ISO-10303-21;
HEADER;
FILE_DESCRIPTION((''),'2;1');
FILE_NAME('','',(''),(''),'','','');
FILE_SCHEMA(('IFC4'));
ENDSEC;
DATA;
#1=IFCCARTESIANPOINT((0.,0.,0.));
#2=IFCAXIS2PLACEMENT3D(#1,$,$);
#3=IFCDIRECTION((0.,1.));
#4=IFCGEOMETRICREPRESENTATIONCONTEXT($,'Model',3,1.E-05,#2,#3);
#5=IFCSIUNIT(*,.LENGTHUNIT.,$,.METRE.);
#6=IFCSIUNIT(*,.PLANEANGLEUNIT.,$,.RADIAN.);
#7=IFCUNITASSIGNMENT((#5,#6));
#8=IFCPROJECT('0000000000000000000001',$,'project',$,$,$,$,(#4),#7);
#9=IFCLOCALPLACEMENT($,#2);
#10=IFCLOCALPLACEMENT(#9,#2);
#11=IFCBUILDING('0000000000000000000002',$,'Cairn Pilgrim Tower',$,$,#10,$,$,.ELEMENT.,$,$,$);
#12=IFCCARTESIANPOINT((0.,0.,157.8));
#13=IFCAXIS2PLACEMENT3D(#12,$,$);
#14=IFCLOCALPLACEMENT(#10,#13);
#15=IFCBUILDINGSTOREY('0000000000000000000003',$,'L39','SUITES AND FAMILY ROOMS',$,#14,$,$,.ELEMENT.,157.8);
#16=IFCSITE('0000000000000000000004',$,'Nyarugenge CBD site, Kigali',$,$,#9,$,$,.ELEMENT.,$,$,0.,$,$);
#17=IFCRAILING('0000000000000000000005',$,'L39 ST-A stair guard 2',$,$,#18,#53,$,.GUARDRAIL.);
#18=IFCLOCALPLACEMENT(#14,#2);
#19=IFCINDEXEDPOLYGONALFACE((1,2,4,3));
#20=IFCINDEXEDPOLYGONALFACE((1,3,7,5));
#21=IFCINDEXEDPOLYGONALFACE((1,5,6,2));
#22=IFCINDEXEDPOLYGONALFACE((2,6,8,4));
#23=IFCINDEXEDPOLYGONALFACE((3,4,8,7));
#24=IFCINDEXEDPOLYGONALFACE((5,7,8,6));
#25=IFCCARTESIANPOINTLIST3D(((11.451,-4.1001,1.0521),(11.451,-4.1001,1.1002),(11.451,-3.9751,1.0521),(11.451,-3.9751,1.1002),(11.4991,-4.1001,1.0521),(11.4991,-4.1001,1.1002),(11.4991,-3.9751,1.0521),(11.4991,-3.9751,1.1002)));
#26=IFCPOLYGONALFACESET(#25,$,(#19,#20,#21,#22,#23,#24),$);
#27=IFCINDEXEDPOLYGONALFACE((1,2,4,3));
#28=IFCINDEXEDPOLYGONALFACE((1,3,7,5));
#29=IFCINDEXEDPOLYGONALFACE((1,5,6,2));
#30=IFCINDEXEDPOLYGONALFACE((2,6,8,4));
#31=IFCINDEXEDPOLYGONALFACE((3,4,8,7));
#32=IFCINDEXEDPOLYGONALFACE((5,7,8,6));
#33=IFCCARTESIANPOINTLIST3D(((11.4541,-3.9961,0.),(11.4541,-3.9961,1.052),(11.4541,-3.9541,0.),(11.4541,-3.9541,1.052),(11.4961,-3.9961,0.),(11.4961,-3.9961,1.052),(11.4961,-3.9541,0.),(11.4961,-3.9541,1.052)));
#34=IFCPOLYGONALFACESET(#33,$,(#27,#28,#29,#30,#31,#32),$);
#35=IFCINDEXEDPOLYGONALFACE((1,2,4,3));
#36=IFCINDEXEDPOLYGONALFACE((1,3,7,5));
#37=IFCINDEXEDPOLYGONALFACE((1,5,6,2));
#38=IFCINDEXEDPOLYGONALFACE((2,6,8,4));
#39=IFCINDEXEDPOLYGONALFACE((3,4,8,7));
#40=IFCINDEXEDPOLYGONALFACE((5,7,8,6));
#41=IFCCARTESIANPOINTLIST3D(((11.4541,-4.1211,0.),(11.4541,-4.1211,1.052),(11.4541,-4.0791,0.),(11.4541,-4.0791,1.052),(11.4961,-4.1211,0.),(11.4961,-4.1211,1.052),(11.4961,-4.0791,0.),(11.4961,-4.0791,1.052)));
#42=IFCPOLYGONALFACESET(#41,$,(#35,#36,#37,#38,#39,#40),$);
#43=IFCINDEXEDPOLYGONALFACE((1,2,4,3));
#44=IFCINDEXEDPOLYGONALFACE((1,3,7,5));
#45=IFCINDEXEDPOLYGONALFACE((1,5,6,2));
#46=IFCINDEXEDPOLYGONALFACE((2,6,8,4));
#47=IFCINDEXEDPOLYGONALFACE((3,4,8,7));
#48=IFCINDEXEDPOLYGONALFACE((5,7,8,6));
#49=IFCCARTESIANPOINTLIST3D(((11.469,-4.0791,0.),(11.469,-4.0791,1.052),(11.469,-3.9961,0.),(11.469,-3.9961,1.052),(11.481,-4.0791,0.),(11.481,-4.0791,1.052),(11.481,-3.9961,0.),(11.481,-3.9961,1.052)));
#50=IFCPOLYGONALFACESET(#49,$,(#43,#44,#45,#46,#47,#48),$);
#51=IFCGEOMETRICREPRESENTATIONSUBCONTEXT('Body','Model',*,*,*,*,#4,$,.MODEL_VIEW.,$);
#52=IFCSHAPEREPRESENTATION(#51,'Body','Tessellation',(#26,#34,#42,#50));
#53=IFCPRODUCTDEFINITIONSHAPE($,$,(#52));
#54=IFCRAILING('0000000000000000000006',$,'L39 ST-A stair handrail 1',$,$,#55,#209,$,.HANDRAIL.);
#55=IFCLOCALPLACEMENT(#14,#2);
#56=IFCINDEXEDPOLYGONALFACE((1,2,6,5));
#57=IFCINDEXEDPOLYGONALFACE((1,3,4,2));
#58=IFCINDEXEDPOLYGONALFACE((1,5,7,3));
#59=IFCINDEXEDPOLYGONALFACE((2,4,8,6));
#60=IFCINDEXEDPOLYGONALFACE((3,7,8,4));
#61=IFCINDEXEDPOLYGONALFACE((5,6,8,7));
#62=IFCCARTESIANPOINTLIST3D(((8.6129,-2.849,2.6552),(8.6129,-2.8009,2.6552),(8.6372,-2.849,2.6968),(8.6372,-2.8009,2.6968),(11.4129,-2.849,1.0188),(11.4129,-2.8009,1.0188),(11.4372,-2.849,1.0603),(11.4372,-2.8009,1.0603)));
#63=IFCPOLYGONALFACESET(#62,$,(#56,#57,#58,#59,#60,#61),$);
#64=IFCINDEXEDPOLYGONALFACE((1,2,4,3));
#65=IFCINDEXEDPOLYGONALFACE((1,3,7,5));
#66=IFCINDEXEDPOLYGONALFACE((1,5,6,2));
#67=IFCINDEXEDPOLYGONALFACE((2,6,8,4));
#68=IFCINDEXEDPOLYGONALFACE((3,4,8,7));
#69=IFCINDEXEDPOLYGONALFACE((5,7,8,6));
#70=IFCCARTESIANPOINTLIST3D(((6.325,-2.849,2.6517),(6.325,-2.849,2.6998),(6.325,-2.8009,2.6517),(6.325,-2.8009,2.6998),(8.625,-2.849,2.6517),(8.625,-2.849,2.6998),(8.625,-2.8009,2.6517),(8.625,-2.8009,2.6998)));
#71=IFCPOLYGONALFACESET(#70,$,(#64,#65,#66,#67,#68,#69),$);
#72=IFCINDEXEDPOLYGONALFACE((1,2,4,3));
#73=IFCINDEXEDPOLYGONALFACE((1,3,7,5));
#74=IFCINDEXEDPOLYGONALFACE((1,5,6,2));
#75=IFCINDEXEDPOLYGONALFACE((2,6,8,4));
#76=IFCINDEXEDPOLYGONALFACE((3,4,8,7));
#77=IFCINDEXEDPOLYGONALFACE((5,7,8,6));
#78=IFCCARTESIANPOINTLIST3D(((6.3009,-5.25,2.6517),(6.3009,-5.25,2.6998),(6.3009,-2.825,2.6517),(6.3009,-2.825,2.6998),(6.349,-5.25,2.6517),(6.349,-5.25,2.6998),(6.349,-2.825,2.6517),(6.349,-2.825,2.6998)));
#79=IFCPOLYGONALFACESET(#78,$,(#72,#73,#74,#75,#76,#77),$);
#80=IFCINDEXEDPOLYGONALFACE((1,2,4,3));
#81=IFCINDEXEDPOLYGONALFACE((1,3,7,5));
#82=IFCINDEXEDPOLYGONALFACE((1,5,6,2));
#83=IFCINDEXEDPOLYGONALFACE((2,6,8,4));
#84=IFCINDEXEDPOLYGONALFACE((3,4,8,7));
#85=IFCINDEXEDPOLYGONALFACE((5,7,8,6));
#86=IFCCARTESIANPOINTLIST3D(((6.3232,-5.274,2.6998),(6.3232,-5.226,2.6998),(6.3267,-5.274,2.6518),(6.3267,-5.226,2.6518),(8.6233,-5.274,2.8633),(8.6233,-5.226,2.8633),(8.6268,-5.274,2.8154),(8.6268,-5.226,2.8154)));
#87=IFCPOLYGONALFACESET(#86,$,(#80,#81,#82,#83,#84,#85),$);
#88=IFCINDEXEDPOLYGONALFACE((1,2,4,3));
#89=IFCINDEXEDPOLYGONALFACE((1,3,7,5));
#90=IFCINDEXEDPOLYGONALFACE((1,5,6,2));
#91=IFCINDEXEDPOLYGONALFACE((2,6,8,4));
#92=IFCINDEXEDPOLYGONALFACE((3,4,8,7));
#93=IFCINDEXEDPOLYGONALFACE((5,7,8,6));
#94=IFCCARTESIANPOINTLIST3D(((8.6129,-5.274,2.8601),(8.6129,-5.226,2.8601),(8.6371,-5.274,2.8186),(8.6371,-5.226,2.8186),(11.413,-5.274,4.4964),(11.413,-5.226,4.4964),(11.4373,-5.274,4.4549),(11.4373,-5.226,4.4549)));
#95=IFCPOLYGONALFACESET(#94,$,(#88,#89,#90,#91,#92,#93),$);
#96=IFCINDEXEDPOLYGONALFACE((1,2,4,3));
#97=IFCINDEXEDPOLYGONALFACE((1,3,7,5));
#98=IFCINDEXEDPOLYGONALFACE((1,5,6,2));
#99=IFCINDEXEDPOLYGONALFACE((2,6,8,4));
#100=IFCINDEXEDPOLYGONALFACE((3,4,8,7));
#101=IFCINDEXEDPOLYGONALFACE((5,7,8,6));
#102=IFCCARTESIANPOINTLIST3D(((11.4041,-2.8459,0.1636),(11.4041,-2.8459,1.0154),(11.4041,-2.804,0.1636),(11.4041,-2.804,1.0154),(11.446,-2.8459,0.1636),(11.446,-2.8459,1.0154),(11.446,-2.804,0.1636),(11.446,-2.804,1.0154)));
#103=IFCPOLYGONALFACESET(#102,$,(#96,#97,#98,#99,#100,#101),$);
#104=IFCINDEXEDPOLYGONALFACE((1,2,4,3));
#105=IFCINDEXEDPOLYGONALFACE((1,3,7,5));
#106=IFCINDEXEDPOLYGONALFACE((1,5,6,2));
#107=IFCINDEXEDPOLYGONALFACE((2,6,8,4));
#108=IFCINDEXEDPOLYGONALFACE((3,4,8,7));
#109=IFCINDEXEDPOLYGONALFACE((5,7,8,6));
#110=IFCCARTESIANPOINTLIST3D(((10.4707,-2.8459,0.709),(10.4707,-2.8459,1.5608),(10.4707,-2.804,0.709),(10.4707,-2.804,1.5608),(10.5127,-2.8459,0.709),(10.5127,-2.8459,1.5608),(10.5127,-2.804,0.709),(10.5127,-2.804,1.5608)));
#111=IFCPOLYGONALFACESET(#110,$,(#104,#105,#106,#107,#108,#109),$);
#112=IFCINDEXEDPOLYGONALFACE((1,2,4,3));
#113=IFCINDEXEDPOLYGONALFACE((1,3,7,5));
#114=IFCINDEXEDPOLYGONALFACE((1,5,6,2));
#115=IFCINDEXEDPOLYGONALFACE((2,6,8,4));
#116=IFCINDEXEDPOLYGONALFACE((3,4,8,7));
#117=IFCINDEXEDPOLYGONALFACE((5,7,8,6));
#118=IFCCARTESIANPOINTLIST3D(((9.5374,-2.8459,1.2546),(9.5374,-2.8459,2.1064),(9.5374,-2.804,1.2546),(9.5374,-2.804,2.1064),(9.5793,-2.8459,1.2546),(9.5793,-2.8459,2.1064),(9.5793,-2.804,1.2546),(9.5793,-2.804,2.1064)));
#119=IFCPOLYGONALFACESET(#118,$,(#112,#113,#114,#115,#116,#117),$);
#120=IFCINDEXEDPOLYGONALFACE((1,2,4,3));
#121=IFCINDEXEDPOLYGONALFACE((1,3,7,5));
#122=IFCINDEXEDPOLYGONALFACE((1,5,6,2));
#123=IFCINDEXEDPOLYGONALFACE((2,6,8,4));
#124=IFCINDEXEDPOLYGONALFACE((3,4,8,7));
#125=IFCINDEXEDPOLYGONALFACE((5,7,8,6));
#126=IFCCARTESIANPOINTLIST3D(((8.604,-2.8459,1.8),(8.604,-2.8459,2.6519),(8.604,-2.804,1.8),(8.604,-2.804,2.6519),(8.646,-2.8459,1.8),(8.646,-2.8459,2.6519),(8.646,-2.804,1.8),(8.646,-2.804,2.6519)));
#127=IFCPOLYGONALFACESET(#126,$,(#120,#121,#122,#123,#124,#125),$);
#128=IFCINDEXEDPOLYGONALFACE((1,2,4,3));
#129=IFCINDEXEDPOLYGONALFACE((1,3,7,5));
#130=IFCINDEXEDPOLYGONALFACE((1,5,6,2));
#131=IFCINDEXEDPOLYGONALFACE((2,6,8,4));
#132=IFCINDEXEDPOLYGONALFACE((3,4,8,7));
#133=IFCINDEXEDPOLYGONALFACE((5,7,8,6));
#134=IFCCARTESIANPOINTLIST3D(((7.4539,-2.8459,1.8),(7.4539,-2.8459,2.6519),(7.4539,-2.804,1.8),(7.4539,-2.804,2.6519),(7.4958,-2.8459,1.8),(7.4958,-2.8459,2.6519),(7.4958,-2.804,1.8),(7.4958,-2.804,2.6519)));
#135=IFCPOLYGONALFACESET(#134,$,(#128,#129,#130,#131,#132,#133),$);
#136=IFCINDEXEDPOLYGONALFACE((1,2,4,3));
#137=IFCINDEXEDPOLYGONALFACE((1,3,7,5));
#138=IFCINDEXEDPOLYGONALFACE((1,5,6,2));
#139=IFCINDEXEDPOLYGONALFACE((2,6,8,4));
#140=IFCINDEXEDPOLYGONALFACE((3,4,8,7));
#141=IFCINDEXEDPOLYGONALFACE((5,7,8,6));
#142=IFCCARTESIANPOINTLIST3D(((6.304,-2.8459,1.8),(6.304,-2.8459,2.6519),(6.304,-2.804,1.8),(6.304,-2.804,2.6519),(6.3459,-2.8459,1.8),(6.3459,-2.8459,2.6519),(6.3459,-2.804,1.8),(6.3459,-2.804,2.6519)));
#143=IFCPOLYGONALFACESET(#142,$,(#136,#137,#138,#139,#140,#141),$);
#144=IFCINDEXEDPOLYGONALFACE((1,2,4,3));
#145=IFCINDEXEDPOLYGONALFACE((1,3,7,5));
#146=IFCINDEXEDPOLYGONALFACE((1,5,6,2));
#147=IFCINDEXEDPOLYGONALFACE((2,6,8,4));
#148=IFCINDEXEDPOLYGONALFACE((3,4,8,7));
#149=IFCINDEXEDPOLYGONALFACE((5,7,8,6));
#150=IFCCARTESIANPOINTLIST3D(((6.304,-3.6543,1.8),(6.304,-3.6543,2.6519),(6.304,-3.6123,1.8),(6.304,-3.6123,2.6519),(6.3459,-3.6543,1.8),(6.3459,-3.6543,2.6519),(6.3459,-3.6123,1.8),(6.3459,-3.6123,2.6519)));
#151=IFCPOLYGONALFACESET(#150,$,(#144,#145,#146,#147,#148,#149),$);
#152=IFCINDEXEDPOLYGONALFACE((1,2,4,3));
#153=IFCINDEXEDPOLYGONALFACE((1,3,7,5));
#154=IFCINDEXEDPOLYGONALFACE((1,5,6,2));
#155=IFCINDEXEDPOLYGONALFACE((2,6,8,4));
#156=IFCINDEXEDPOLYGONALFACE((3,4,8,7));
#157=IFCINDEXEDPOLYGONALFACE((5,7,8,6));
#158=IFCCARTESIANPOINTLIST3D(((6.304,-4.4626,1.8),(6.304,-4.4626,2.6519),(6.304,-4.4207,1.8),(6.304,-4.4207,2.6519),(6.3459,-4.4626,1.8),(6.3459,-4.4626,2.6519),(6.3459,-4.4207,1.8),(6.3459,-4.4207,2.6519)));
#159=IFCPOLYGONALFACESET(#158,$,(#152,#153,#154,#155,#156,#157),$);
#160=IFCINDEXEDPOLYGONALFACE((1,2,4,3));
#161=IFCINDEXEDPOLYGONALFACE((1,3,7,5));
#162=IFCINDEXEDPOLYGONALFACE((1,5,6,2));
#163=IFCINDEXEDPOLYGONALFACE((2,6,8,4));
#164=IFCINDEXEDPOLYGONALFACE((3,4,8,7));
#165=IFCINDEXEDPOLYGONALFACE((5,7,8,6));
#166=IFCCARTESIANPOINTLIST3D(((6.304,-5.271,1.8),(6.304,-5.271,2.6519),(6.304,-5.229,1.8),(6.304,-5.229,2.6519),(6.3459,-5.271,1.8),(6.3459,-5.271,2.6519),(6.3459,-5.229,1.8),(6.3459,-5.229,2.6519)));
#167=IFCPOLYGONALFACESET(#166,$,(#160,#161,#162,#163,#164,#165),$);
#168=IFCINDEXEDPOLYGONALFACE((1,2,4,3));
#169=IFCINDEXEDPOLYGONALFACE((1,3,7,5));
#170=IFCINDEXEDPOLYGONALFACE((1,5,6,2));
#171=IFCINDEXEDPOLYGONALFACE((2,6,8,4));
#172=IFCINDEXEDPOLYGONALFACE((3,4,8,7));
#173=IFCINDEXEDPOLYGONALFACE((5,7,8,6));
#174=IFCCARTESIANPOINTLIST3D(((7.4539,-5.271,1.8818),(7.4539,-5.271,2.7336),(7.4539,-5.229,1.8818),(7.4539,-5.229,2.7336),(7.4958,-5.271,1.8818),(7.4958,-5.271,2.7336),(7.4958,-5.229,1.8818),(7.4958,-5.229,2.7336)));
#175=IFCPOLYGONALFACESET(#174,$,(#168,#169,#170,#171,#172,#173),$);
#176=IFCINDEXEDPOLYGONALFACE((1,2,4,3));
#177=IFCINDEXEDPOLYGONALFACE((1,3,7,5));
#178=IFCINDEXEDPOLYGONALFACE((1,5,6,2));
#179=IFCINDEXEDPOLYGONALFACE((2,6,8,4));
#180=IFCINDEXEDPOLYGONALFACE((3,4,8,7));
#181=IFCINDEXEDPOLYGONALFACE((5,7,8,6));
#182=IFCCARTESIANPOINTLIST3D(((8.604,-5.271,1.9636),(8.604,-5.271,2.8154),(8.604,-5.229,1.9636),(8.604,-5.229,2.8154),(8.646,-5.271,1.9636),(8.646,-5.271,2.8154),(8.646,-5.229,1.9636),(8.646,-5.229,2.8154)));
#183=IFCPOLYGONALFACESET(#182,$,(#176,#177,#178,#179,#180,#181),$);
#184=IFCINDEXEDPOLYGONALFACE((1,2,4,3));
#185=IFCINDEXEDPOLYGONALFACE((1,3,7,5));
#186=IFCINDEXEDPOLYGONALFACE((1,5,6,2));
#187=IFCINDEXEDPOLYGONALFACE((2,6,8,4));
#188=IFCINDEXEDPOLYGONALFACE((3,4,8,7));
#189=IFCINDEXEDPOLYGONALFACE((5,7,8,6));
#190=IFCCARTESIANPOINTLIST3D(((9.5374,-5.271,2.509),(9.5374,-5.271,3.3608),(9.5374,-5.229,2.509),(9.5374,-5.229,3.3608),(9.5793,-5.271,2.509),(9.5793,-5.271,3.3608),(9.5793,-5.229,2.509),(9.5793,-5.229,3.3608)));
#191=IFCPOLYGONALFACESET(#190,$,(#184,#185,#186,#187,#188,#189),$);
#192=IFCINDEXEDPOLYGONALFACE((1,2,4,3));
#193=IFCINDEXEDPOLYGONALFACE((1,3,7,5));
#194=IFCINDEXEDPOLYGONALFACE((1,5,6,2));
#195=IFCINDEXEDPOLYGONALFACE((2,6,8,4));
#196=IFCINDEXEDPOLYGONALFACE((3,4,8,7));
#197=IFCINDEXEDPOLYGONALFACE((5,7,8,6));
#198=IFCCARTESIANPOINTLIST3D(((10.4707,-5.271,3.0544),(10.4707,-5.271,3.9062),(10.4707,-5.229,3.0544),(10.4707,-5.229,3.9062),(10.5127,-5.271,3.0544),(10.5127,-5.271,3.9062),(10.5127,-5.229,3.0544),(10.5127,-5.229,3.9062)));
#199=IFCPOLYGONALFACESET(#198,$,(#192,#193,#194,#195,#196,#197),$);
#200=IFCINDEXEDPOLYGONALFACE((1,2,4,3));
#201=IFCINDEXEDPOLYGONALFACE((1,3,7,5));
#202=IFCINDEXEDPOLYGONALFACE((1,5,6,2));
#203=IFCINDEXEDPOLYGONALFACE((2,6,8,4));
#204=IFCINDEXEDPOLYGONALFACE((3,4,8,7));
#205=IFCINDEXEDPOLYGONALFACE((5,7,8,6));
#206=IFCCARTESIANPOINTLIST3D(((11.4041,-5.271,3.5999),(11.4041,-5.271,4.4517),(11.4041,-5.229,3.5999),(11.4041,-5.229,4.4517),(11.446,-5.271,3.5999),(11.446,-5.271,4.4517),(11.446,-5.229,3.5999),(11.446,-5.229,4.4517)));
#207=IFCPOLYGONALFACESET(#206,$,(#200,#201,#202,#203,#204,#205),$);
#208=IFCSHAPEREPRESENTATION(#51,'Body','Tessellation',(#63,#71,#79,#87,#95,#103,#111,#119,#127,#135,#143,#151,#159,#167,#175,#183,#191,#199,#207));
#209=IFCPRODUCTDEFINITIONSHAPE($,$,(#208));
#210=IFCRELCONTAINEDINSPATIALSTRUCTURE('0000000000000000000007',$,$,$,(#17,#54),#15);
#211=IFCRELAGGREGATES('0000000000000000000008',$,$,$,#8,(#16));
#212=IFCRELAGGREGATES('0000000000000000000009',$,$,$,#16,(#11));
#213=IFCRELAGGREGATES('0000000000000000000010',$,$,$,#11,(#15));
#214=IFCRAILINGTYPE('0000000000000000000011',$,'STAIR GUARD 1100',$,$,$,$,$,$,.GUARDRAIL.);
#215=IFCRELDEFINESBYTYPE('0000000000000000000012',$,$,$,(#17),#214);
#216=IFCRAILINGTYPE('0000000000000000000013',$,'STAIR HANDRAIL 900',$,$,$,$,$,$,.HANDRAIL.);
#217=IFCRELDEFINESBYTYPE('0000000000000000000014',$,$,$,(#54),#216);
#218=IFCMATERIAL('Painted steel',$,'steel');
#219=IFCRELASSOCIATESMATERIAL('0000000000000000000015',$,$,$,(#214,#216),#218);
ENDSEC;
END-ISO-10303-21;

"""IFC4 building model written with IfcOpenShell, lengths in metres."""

from ifc_helpers import new_model, si_unit, direction, frame, origin, origin_2d, place, context, subcontext, project, spatial, polyline, rectangle, outline, extrude, material, type_object, element, save


model = new_model("IFC4")

# Units and contexts
model_context = context("Model", 3, precision=1e-05, world=origin(), true_north=direction((0.0, 1.0)))
body_context = subcontext(model_context, "Body", "Model", "MODEL_VIEW")
ifc_project = project(units=[si_unit("LENGTHUNIT", "METRE"), si_unit("PLANEANGLEUNIT", "RADIAN")], contexts=[model_context])

# Site, building, storey
site_placement = place(None, origin())
site = spatial("IfcSite", under=ifc_project, at=site_placement, Name="Nyarugenge CBD site, Kigali", CompositionType="ELEMENT", RefElevation=0.0)
building_placement = place(site_placement, origin())
building = spatial("IfcBuilding", under=site, at=building_placement, Name="Cairn Pilgrim Tower", CompositionType="ELEMENT")
storey_placement = place(building_placement, frame((0.0, 0.0, 157.8)))
storey = spatial("IfcBuildingStorey", under=building, at=storey_placement, Name="L39", Description="SUITES AND FAMILY ROOMS", CompositionType="ELEMENT", Elevation=157.8)

# Railings
ifc_material_1 = material(Name="Painted steel", Category="steel")
railing_type_1 = type_object("IfcRailingType", Name="STAIR GUARD 1100", PredefinedType="GUARDRAIL", material=ifc_material_1)
railing_1_placement = place(storey_placement, frame((11.4751, -3.9751, 0.0)))
element("IfcRailing", 1, at=railing_1_placement, inside=storey, type_object=railing_type_1, Name="L39 ST-A stair guard 2", PredefinedType="GUARDRAIL", context=body_context, shape_type="SweptSolid", body=[
    extrude(rectangle(XDim=0.0481, YDim=0.0481, at=origin_2d()), frame((0.0, 0.0, 1.0762), z_axis=(0.0, -1.0, 0.0), x_axis=(1.0, 0.0, 0.0)), (0.0, 0.0, 1.0), 0.125),
    extrude(rectangle(XDim=0.042, YDim=0.042, at=origin_2d()), origin(), (0.0, 0.0, 1.0), 1.052),
    extrude(rectangle(XDim=0.042, YDim=0.042, at=origin_2d()), frame((0.0, -0.125, 0.0)), (0.0, 0.0, 1.0), 1.052),
    extrude(outline(polyline([(0.021, 0.0), (0.104, 0.0), (0.104, 1.052), (0.021, 1.052), (0.021, 0.0)])), frame((0.0059, 0.0, 0.0), z_axis=(-1.0, 0.0, 0.0), x_axis=(0.0, -1.0, 0.0)), (0.0, 0.0, 1.0), 0.012),
])
railing_type_2 = type_object("IfcRailingType", Name="STAIR HANDRAIL 900", PredefinedType="HANDRAIL", material=ifc_material_1)
railing_2_placement = place(storey_placement, frame((11.425, -2.825, 0.1636)))
element("IfcRailing", 2, at=railing_2_placement, inside=storey, type_object=railing_type_2, Name="L39 ST-A stair handrail 1", PredefinedType="HANDRAIL", context=body_context, shape_type="SweptSolid", body=[
    extrude(rectangle(XDim=0.0481, YDim=0.0481, at=origin_2d()), frame((0.0, 0.0, 0.876), z_axis=(-0.863361, 0.0, 0.504587), x_axis=(0.0, -1.0, 0.0)), (0.0, 0.0, 1.0), 3.2432),
    extrude(rectangle(XDim=0.0481, YDim=0.0481, at=origin_2d()), frame((-2.8, 0.0, 2.5122), z_axis=(-1.0, 0.0, 0.0), x_axis=(0.0, -1.0, 0.0)), (0.0, 0.0, 1.0), 2.3),
    extrude(rectangle(XDim=0.0481, YDim=0.0481, at=origin_2d()), frame((-5.1001, 0.0, 2.5122), z_axis=(0.0, -1.0, 0.0), x_axis=(1.0, 0.0, 0.0)), (0.0, 0.0, 1.0), 2.425),
    extrude(rectangle(XDim=0.0481, YDim=0.0481, at=origin_2d()), frame((-5.1001, -2.425, 2.5122), z_axis=(0.997481, 0.0, 0.070939), x_axis=(0.0, 1.0, 0.0)), (0.0, 0.0, 1.0), 2.3059),
    extrude(rectangle(XDim=0.0481, YDim=0.0481, at=origin_2d()), frame((-2.8, -2.425, 2.6758), z_axis=(0.863394, 0.0, 0.504531), x_axis=(0.0, 1.0, 0.0)), (0.0, 0.0, 1.0), 3.2432),
    extrude(rectangle(XDim=0.042, YDim=0.042, at=origin_2d()), origin(), (0.0, 0.0, 1.0), 0.8518),
    extrude(rectangle(XDim=0.042, YDim=0.042, at=origin_2d()), frame((-0.9333, 0.0, 0.5454)), (0.0, 0.0, 1.0), 0.8518),
    extrude(rectangle(XDim=0.042, YDim=0.042, at=origin_2d()), frame((-1.8667, 0.0, 1.0911)), (0.0, 0.0, 1.0), 0.8518),
    extrude(rectangle(XDim=0.042, YDim=0.042, at=origin_2d()), frame((-2.8, 0.0, 1.6365)), (0.0, 0.0, 1.0), 0.8518),
    extrude(rectangle(XDim=0.042, YDim=0.042, at=origin_2d()), frame((-3.9502, 0.0, 1.6365)), (0.0, 0.0, 1.0), 0.8518),
    extrude(rectangle(XDim=0.042, YDim=0.042, at=origin_2d()), frame((-5.1001, 0.0, 1.6365)), (0.0, 0.0, 1.0), 0.8518),
    extrude(rectangle(XDim=0.042, YDim=0.042, at=origin_2d()), frame((-5.1001, -0.8083, 1.6365)), (0.0, 0.0, 1.0), 0.8518),
    extrude(rectangle(XDim=0.042, YDim=0.042, at=origin_2d()), frame((-5.1001, -1.6167, 1.6365)), (0.0, 0.0, 1.0), 0.8518),
    extrude(rectangle(XDim=0.042, YDim=0.042, at=origin_2d()), frame((-5.1001, -2.425, 1.6365)), (0.0, 0.0, 1.0), 0.8518),
    extrude(rectangle(XDim=0.042, YDim=0.042, at=origin_2d()), frame((-3.9502, -2.425, 1.7183)), (0.0, 0.0, 1.0), 0.8518),
    extrude(rectangle(XDim=0.042, YDim=0.042, at=origin_2d()), frame((-2.8, -2.425, 1.8)), (0.0, 0.0, 1.0), 0.8518),
    extrude(rectangle(XDim=0.042, YDim=0.042, at=origin_2d()), frame((-1.8667, -2.425, 2.3455)), (0.0, 0.0, 1.0), 0.8518),
    extrude(rectangle(XDim=0.042, YDim=0.042, at=origin_2d()), frame((-0.9333, -2.425, 2.8909)), (0.0, 0.0, 1.0), 0.8518),
    extrude(rectangle(XDim=0.042, YDim=0.042, at=origin_2d()), frame((0.0, -2.425, 3.4363)), (0.0, 0.0, 1.0), 0.8518),
])

save(model, "model.ifc")
